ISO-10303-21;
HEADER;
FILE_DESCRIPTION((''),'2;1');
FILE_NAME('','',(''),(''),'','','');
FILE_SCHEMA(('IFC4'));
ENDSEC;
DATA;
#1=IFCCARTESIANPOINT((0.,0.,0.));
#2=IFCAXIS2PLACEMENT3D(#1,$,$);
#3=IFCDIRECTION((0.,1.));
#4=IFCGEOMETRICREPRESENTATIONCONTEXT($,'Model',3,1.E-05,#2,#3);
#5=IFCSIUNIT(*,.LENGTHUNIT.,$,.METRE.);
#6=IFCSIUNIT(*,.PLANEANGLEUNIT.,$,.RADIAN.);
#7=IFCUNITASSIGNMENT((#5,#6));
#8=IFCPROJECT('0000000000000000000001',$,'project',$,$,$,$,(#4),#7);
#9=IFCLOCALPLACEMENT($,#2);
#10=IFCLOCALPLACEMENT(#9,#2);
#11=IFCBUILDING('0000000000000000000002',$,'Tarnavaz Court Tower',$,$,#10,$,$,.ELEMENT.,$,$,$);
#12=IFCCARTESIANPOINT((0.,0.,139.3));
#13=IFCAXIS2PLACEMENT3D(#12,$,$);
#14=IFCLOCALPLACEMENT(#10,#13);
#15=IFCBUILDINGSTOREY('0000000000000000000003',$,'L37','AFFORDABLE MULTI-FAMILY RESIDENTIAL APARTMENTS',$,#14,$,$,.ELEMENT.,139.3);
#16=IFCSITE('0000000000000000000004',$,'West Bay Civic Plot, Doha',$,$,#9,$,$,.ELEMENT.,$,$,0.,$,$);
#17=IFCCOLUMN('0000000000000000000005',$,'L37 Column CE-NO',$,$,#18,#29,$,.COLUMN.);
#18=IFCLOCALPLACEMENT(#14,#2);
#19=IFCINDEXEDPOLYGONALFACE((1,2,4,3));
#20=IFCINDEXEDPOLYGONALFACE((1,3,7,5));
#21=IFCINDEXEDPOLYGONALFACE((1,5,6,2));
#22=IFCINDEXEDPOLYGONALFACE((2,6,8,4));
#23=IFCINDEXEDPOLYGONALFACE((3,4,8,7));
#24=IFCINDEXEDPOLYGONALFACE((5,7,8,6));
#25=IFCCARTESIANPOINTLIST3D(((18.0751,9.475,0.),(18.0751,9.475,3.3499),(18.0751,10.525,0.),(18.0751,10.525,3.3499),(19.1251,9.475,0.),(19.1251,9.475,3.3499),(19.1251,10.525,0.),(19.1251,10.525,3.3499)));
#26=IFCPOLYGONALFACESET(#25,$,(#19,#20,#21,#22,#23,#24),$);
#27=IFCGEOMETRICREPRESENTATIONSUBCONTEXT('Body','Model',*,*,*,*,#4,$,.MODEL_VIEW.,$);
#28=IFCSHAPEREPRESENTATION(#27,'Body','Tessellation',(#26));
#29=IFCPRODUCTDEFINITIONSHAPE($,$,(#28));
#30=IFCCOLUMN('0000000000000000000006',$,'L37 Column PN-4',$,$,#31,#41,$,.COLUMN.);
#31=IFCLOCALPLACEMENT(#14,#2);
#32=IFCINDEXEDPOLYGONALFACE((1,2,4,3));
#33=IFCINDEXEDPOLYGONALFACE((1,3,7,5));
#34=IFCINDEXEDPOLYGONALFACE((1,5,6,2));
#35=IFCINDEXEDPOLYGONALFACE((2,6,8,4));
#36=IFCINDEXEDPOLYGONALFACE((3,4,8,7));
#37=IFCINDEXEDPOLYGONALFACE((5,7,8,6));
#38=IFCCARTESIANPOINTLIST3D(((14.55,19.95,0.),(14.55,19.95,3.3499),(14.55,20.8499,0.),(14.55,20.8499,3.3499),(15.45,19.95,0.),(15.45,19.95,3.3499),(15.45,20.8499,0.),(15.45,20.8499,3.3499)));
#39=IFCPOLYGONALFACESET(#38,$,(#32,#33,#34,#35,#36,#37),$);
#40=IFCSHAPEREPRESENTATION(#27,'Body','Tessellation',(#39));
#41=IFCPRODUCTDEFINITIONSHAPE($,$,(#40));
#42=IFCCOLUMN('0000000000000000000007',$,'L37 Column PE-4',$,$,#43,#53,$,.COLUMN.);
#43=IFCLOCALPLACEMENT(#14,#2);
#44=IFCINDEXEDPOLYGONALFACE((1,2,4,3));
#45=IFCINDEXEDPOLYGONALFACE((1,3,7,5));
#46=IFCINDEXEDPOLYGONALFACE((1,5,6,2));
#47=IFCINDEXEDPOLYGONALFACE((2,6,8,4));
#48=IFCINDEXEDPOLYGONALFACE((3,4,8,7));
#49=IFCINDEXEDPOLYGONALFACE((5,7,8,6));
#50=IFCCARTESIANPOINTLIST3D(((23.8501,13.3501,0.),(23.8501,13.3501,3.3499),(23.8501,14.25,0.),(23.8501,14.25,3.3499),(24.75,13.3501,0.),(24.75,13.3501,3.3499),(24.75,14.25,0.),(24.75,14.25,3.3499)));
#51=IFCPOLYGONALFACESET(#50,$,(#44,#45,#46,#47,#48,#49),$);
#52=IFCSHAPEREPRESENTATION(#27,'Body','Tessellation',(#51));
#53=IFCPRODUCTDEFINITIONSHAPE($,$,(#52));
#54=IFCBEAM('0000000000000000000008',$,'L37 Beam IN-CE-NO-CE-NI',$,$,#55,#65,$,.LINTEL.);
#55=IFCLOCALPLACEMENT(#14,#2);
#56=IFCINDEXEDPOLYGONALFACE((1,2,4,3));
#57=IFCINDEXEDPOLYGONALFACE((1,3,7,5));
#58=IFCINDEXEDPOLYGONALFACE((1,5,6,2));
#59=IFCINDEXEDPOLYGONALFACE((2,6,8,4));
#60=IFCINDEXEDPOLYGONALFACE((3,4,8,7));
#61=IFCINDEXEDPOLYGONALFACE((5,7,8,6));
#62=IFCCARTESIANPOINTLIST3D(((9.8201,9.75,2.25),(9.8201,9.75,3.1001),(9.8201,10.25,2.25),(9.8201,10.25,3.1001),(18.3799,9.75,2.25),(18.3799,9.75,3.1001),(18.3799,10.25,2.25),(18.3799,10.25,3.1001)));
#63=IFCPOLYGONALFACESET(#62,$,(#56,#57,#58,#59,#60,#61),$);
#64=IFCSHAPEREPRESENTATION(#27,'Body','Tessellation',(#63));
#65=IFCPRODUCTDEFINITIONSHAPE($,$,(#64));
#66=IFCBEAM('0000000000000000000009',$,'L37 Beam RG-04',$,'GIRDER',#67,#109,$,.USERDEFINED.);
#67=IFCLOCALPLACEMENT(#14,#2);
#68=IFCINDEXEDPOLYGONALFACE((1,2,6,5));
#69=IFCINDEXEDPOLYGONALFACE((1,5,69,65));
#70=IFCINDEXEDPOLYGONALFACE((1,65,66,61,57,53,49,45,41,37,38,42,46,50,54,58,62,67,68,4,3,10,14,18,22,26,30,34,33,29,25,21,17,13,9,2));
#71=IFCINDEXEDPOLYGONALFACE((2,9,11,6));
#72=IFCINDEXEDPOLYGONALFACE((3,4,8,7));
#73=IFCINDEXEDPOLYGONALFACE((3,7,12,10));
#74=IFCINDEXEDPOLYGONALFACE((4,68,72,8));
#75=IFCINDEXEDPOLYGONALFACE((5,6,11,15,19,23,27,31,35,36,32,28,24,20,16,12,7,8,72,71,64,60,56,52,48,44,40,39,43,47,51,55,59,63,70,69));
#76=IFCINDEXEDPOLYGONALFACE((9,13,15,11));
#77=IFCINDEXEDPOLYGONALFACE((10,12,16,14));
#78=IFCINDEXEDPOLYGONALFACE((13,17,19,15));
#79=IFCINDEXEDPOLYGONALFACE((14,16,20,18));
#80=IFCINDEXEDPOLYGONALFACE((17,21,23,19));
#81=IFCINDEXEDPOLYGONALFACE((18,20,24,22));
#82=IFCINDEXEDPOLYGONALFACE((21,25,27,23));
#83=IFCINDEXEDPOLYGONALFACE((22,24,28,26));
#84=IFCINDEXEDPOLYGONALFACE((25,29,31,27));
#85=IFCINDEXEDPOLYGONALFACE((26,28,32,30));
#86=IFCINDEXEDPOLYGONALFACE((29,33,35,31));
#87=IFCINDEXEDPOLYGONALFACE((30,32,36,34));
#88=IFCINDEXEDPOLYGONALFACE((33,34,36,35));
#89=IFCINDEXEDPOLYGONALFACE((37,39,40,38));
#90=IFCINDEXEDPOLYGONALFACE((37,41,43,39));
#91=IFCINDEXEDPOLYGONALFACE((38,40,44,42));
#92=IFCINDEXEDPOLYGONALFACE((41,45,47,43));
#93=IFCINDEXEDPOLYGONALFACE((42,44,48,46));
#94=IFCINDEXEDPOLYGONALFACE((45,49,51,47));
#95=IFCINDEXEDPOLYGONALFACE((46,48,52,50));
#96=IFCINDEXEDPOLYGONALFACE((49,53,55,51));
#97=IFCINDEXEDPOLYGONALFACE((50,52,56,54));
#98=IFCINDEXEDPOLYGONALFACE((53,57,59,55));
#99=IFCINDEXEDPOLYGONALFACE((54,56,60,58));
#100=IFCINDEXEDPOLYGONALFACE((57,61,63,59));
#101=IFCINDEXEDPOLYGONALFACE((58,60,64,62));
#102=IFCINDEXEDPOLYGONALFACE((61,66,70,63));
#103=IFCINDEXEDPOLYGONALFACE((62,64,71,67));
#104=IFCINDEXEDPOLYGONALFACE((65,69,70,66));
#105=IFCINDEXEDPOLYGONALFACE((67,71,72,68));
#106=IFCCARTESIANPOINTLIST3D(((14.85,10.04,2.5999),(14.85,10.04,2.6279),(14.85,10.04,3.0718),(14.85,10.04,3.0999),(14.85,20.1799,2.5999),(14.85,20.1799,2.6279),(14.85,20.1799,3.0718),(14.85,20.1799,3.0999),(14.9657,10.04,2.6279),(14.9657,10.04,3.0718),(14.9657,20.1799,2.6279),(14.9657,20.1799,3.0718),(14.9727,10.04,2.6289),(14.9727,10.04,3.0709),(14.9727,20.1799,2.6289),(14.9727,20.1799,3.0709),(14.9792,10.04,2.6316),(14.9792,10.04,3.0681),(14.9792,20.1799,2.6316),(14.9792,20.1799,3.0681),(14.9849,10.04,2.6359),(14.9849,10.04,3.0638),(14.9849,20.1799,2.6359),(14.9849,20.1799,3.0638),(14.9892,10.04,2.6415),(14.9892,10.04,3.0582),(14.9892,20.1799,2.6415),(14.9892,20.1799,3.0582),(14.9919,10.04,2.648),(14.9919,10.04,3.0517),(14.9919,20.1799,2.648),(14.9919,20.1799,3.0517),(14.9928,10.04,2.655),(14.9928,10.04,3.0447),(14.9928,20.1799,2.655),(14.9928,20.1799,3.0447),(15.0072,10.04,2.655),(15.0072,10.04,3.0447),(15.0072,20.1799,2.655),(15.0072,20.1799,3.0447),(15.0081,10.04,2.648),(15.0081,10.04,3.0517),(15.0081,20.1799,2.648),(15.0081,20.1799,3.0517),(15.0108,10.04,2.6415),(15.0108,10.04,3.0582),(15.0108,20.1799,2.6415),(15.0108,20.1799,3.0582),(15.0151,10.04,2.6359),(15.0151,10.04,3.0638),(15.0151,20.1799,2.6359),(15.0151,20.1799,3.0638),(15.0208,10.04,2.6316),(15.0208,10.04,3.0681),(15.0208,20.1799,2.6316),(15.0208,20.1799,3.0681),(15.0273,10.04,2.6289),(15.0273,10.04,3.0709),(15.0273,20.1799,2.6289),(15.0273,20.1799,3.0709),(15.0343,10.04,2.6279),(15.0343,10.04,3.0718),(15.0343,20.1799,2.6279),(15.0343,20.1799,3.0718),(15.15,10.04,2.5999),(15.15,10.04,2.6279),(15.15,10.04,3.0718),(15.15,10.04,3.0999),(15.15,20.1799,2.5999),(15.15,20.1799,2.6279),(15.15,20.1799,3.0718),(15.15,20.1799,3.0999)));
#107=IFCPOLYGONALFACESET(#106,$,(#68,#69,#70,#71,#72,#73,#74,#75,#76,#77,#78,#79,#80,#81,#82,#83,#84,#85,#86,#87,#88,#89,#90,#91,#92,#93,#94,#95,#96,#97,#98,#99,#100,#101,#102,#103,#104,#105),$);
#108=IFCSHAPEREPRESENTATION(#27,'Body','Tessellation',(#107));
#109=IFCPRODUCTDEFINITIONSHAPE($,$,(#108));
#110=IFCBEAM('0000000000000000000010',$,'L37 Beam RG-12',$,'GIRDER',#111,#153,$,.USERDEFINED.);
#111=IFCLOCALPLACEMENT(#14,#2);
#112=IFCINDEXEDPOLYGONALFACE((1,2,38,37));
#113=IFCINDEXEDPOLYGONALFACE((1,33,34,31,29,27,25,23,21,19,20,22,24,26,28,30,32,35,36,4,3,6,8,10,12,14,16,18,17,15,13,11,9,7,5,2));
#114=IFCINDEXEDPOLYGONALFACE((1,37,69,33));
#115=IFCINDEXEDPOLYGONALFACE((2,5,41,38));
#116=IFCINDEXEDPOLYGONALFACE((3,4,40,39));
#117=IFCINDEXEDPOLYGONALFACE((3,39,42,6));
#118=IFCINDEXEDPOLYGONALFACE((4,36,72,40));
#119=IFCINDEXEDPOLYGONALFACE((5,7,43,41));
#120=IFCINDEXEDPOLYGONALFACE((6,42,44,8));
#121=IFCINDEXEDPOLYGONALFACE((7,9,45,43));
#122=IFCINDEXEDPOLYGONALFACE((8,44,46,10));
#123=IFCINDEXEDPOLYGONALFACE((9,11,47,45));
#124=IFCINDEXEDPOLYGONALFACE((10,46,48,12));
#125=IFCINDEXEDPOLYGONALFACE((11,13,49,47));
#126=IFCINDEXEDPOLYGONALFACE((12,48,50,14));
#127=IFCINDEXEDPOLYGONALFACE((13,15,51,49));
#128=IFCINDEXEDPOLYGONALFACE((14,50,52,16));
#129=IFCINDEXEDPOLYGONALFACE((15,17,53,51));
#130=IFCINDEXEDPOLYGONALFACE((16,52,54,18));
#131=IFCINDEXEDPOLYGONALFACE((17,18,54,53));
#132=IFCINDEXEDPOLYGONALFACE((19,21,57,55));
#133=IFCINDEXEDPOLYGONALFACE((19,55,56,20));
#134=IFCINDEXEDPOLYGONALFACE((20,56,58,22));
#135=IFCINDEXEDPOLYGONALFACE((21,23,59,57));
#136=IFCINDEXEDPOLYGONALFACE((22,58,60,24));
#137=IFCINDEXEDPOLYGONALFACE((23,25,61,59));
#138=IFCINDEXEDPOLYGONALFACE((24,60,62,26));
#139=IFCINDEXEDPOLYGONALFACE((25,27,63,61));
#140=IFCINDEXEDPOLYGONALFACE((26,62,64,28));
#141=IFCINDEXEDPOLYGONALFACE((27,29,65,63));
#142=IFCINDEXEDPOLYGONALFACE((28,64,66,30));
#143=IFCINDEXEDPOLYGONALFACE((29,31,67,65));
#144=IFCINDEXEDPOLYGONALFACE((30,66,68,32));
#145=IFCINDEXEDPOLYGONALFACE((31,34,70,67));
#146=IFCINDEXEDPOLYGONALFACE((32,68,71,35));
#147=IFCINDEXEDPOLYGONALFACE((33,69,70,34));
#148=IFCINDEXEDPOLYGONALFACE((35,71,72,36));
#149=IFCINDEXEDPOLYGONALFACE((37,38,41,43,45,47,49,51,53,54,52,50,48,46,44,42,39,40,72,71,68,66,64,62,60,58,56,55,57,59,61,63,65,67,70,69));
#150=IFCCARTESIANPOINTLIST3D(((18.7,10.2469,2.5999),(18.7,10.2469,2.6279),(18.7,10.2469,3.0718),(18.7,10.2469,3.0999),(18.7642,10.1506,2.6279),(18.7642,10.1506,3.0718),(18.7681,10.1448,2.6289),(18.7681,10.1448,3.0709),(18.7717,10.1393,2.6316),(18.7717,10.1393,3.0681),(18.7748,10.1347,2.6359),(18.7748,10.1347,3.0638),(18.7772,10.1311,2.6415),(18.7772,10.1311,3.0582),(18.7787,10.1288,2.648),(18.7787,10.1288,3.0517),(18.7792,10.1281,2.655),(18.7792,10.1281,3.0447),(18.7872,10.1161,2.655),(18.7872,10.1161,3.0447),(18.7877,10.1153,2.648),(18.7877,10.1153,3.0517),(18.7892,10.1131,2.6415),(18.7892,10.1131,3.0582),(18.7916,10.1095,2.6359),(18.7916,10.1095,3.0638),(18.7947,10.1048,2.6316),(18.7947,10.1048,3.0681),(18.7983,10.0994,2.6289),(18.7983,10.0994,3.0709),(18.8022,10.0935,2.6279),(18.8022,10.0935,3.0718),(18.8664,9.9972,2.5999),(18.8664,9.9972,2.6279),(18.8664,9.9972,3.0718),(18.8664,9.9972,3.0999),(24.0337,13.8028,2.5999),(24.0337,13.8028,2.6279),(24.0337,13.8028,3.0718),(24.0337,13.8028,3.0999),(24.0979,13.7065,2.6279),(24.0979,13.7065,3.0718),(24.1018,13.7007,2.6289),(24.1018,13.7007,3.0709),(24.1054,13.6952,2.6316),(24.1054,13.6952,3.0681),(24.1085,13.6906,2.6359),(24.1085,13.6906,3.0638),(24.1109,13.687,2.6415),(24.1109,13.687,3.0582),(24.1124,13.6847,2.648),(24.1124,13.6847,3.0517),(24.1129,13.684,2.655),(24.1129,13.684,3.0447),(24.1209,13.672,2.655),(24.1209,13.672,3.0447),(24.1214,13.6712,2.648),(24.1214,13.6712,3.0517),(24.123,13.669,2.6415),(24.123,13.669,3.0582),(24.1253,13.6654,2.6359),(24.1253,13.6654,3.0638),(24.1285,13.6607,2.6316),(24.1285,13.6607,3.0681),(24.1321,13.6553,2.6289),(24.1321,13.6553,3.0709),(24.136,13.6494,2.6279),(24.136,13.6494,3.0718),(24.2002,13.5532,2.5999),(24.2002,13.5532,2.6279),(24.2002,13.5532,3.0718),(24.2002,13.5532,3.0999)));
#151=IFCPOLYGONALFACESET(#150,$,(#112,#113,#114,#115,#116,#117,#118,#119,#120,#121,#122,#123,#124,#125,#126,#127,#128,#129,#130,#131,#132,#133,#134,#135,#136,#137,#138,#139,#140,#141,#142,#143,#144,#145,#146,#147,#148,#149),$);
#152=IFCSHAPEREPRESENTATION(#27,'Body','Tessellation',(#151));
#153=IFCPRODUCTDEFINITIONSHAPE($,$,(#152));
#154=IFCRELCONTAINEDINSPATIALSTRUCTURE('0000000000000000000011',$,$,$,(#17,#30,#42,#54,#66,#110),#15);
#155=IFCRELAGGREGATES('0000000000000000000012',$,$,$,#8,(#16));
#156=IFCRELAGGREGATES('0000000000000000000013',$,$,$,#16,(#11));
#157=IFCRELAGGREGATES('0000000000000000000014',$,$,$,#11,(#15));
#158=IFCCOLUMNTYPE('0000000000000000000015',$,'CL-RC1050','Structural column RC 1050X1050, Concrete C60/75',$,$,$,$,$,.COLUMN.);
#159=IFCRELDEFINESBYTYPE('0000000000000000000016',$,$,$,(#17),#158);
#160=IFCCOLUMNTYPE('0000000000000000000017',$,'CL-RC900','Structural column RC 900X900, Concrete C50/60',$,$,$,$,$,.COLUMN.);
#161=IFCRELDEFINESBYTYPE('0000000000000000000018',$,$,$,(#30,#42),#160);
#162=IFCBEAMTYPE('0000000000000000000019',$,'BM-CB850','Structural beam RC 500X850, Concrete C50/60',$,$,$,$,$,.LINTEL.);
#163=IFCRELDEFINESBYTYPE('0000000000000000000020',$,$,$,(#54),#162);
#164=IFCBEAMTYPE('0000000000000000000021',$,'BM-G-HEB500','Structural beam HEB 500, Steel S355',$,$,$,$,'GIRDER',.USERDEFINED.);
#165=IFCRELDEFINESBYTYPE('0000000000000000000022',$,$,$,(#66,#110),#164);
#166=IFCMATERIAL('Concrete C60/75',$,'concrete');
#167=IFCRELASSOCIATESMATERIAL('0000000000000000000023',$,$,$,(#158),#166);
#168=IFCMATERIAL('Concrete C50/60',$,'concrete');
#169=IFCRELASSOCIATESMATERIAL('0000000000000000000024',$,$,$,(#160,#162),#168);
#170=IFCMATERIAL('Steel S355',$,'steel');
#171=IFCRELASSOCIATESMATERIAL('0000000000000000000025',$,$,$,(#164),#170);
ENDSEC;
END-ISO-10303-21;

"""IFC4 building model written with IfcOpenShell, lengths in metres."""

from ifc_helpers import new_model, si_unit, direction, frame, origin, origin_2d, place, context, subcontext, project, spatial, rectangle, i_section, extrude, material, material_profile, profile_set, type_object, element, save


model = new_model("IFC4")

# Units and contexts
model_context = context("Model", 3, precision=1e-05, world=origin(), true_north=direction((0.0, 1.0)))
body_context = subcontext(model_context, "Body", "Model", "MODEL_VIEW")
ifc_project = project(units=[si_unit("LENGTHUNIT", "METRE"), si_unit("PLANEANGLEUNIT", "RADIAN")], contexts=[model_context])

# Site, building, storey
site_placement = place(None, origin())
site = spatial("IfcSite", under=ifc_project, at=site_placement, Name="West Bay Civic Plot, Doha", CompositionType="ELEMENT", RefElevation=0.0)
building_placement = place(site_placement, origin())
building = spatial("IfcBuilding", under=site, at=building_placement, Name="Tarnavaz Court Tower", CompositionType="ELEMENT")
storey_placement = place(building_placement, frame((0.0, 0.0, 139.3)))
storey = spatial("IfcBuildingStorey", under=building, at=storey_placement, Name="L37", Description="AFFORDABLE MULTI-FAMILY RESIDENTIAL APARTMENTS", CompositionType="ELEMENT", Elevation=139.3)

# Columns
ifc_material_1 = material(Name="Concrete C60/75", Category="concrete")
ifc_material_profile_1 = material_profile(ifc_material_1, rectangle(XDim=1.05, YDim=1.05, at=origin_2d()), Name="RC 1050X1050")
ifc_profile_set_1 = profile_set([ifc_material_profile_1], Name="Concrete C60/75")
column_type_1 = type_object("IfcColumnType", Name="CL-RC1050", Description="Structural column RC 1050X1050, Concrete C60/75", PredefinedType="COLUMN", material=ifc_profile_set_1)
column_placement = place(storey_placement, frame((18.6001, 10.0, 0.0), z_axis=(0.0, 0.0, 1.0), x_axis=(1.0, 0.0, 0.0)))
element("IfcColumn", 1, at=column_placement, inside=storey, type_object=column_type_1, Name="L37 Column CE-NO", PredefinedType="COLUMN", context=body_context, shape_type="SweptSolid", body=[
    extrude(rectangle(XDim=1.05, YDim=1.05, at=origin_2d()), origin(), (0.0, 0.0, 1.0), 3.3499),
])
ifc_material_2 = material(Name="Concrete C50/60", Category="concrete")
ifc_material_profile_2 = material_profile(ifc_material_2, rectangle(XDim=0.8999, YDim=0.8999, at=origin_2d()), Name="RC 900X900")
ifc_profile_set_2 = profile_set([ifc_material_profile_2], Name="Concrete C50/60")
column_type_2 = type_object("IfcColumnType", Name="CL-RC900", Description="Structural column RC 900X900, Concrete C50/60", PredefinedType="COLUMN", material=ifc_profile_set_2)
for number, where, z_axis, x_axis, name in (
    (2, (15.0, 20.3999, 0.0), (0.0, 0.0, 1.0), (1.0, 0.0, 0.0), "L37 Column PN-4"),
    (3, (24.3, 13.8, 0.0), (0.0, 0.0, 1.0), (1.0, 0.0, 0.0), "L37 Column PE-4"),
):
    element("IfcColumn", number, at=place(storey_placement, frame(where, z_axis=z_axis, x_axis=x_axis)), inside=storey, type_object=column_type_2, Name=name, PredefinedType="COLUMN", context=body_context, shape_type="SweptSolid", body=[
        extrude(rectangle(XDim=0.8999, YDim=0.8999, at=origin_2d()), origin(), (0.0, 0.0, 1.0), 3.3499),
    ])

# Beams
ifc_material_profile_3 = material_profile(ifc_material_2, rectangle(XDim=0.5, YDim=0.8501, at=origin_2d()), Name="RC 500X850")
ifc_profile_set_3 = profile_set([ifc_material_profile_3], Name="Concrete C50/60")
beam_type_1 = type_object("IfcBeamType", Name="BM-CB850", Description="Structural beam RC 500X850, Concrete C50/60", PredefinedType="LINTEL", material=ifc_profile_set_3)
beam_1_placement = place(storey_placement, frame((18.3799, 10.0, 2.675), z_axis=(-1.0, 0.0, 0.0), x_axis=(0.0, -1.0, 0.0)))
element("IfcBeam", 4, at=beam_1_placement, inside=storey, type_object=beam_type_1, Name="L37 Beam IN-CE-NO-CE-NI", PredefinedType="LINTEL", context=body_context, shape_type="SweptSolid", body=[
    extrude(rectangle(XDim=0.5, YDim=0.8501, at=origin_2d()), origin(), (0.0, 0.0, 1.0), 8.5598),
])
ifc_material_3 = material(Name="Steel S355", Category="steel")
ifc_material_profile_4 = material_profile(ifc_material_3, i_section(OverallWidth=0.3, OverallDepth=0.5, WebThickness=0.0144, FlangeThickness=0.0281, FilletRadius=0.0271, at=origin_2d()), Name="HEB 500")
ifc_profile_set_4 = profile_set([ifc_material_profile_4], Name="Steel S355")
beam_type_2 = type_object("IfcBeamType", Name="BM-G-HEB500", Description="Structural beam HEB 500, Steel S355", ElementType="GIRDER", PredefinedType="USERDEFINED", material=ifc_profile_set_4)
beam_2_placement = place(storey_placement, frame((15.0, 10.04, 2.8499), z_axis=(0.0, 1.0, 0.0), x_axis=(-1.0, 0.0, 0.0)))
element("IfcBeam", 5, at=beam_2_placement, inside=storey, type_object=beam_type_2, Name="L37 Beam RG-04", ObjectType="GIRDER", PredefinedType="USERDEFINED", context=body_context, shape_type="SweptSolid", body=[
    extrude(i_section(OverallWidth=0.3, OverallDepth=0.5, WebThickness=0.0144, FlangeThickness=0.0281, FilletRadius=0.0271, at=origin_2d()), origin(), (0.0, 0.0, 1.0), 10.1399),
])
beam_3_placement = place(storey_placement, frame((18.7832, 10.1221, 2.8499), z_axis=(0.832044, 0.554709, 0.0), x_axis=(-0.554709, 0.832044, 0.0)))
element("IfcBeam", 6, at=beam_3_placement, inside=storey, type_object=beam_type_2, Name="L37 Beam RG-12", ObjectType="GIRDER", PredefinedType="USERDEFINED", context=body_context, shape_type="SweptSolid", body=[
    extrude(i_section(OverallWidth=0.3, OverallDepth=0.5, WebThickness=0.0144, FlangeThickness=0.0281, FilletRadius=0.0271, at=origin_2d()), origin(), (0.0, 0.0, 1.0), 6.4104),
])

save(model, "model.ifc")
